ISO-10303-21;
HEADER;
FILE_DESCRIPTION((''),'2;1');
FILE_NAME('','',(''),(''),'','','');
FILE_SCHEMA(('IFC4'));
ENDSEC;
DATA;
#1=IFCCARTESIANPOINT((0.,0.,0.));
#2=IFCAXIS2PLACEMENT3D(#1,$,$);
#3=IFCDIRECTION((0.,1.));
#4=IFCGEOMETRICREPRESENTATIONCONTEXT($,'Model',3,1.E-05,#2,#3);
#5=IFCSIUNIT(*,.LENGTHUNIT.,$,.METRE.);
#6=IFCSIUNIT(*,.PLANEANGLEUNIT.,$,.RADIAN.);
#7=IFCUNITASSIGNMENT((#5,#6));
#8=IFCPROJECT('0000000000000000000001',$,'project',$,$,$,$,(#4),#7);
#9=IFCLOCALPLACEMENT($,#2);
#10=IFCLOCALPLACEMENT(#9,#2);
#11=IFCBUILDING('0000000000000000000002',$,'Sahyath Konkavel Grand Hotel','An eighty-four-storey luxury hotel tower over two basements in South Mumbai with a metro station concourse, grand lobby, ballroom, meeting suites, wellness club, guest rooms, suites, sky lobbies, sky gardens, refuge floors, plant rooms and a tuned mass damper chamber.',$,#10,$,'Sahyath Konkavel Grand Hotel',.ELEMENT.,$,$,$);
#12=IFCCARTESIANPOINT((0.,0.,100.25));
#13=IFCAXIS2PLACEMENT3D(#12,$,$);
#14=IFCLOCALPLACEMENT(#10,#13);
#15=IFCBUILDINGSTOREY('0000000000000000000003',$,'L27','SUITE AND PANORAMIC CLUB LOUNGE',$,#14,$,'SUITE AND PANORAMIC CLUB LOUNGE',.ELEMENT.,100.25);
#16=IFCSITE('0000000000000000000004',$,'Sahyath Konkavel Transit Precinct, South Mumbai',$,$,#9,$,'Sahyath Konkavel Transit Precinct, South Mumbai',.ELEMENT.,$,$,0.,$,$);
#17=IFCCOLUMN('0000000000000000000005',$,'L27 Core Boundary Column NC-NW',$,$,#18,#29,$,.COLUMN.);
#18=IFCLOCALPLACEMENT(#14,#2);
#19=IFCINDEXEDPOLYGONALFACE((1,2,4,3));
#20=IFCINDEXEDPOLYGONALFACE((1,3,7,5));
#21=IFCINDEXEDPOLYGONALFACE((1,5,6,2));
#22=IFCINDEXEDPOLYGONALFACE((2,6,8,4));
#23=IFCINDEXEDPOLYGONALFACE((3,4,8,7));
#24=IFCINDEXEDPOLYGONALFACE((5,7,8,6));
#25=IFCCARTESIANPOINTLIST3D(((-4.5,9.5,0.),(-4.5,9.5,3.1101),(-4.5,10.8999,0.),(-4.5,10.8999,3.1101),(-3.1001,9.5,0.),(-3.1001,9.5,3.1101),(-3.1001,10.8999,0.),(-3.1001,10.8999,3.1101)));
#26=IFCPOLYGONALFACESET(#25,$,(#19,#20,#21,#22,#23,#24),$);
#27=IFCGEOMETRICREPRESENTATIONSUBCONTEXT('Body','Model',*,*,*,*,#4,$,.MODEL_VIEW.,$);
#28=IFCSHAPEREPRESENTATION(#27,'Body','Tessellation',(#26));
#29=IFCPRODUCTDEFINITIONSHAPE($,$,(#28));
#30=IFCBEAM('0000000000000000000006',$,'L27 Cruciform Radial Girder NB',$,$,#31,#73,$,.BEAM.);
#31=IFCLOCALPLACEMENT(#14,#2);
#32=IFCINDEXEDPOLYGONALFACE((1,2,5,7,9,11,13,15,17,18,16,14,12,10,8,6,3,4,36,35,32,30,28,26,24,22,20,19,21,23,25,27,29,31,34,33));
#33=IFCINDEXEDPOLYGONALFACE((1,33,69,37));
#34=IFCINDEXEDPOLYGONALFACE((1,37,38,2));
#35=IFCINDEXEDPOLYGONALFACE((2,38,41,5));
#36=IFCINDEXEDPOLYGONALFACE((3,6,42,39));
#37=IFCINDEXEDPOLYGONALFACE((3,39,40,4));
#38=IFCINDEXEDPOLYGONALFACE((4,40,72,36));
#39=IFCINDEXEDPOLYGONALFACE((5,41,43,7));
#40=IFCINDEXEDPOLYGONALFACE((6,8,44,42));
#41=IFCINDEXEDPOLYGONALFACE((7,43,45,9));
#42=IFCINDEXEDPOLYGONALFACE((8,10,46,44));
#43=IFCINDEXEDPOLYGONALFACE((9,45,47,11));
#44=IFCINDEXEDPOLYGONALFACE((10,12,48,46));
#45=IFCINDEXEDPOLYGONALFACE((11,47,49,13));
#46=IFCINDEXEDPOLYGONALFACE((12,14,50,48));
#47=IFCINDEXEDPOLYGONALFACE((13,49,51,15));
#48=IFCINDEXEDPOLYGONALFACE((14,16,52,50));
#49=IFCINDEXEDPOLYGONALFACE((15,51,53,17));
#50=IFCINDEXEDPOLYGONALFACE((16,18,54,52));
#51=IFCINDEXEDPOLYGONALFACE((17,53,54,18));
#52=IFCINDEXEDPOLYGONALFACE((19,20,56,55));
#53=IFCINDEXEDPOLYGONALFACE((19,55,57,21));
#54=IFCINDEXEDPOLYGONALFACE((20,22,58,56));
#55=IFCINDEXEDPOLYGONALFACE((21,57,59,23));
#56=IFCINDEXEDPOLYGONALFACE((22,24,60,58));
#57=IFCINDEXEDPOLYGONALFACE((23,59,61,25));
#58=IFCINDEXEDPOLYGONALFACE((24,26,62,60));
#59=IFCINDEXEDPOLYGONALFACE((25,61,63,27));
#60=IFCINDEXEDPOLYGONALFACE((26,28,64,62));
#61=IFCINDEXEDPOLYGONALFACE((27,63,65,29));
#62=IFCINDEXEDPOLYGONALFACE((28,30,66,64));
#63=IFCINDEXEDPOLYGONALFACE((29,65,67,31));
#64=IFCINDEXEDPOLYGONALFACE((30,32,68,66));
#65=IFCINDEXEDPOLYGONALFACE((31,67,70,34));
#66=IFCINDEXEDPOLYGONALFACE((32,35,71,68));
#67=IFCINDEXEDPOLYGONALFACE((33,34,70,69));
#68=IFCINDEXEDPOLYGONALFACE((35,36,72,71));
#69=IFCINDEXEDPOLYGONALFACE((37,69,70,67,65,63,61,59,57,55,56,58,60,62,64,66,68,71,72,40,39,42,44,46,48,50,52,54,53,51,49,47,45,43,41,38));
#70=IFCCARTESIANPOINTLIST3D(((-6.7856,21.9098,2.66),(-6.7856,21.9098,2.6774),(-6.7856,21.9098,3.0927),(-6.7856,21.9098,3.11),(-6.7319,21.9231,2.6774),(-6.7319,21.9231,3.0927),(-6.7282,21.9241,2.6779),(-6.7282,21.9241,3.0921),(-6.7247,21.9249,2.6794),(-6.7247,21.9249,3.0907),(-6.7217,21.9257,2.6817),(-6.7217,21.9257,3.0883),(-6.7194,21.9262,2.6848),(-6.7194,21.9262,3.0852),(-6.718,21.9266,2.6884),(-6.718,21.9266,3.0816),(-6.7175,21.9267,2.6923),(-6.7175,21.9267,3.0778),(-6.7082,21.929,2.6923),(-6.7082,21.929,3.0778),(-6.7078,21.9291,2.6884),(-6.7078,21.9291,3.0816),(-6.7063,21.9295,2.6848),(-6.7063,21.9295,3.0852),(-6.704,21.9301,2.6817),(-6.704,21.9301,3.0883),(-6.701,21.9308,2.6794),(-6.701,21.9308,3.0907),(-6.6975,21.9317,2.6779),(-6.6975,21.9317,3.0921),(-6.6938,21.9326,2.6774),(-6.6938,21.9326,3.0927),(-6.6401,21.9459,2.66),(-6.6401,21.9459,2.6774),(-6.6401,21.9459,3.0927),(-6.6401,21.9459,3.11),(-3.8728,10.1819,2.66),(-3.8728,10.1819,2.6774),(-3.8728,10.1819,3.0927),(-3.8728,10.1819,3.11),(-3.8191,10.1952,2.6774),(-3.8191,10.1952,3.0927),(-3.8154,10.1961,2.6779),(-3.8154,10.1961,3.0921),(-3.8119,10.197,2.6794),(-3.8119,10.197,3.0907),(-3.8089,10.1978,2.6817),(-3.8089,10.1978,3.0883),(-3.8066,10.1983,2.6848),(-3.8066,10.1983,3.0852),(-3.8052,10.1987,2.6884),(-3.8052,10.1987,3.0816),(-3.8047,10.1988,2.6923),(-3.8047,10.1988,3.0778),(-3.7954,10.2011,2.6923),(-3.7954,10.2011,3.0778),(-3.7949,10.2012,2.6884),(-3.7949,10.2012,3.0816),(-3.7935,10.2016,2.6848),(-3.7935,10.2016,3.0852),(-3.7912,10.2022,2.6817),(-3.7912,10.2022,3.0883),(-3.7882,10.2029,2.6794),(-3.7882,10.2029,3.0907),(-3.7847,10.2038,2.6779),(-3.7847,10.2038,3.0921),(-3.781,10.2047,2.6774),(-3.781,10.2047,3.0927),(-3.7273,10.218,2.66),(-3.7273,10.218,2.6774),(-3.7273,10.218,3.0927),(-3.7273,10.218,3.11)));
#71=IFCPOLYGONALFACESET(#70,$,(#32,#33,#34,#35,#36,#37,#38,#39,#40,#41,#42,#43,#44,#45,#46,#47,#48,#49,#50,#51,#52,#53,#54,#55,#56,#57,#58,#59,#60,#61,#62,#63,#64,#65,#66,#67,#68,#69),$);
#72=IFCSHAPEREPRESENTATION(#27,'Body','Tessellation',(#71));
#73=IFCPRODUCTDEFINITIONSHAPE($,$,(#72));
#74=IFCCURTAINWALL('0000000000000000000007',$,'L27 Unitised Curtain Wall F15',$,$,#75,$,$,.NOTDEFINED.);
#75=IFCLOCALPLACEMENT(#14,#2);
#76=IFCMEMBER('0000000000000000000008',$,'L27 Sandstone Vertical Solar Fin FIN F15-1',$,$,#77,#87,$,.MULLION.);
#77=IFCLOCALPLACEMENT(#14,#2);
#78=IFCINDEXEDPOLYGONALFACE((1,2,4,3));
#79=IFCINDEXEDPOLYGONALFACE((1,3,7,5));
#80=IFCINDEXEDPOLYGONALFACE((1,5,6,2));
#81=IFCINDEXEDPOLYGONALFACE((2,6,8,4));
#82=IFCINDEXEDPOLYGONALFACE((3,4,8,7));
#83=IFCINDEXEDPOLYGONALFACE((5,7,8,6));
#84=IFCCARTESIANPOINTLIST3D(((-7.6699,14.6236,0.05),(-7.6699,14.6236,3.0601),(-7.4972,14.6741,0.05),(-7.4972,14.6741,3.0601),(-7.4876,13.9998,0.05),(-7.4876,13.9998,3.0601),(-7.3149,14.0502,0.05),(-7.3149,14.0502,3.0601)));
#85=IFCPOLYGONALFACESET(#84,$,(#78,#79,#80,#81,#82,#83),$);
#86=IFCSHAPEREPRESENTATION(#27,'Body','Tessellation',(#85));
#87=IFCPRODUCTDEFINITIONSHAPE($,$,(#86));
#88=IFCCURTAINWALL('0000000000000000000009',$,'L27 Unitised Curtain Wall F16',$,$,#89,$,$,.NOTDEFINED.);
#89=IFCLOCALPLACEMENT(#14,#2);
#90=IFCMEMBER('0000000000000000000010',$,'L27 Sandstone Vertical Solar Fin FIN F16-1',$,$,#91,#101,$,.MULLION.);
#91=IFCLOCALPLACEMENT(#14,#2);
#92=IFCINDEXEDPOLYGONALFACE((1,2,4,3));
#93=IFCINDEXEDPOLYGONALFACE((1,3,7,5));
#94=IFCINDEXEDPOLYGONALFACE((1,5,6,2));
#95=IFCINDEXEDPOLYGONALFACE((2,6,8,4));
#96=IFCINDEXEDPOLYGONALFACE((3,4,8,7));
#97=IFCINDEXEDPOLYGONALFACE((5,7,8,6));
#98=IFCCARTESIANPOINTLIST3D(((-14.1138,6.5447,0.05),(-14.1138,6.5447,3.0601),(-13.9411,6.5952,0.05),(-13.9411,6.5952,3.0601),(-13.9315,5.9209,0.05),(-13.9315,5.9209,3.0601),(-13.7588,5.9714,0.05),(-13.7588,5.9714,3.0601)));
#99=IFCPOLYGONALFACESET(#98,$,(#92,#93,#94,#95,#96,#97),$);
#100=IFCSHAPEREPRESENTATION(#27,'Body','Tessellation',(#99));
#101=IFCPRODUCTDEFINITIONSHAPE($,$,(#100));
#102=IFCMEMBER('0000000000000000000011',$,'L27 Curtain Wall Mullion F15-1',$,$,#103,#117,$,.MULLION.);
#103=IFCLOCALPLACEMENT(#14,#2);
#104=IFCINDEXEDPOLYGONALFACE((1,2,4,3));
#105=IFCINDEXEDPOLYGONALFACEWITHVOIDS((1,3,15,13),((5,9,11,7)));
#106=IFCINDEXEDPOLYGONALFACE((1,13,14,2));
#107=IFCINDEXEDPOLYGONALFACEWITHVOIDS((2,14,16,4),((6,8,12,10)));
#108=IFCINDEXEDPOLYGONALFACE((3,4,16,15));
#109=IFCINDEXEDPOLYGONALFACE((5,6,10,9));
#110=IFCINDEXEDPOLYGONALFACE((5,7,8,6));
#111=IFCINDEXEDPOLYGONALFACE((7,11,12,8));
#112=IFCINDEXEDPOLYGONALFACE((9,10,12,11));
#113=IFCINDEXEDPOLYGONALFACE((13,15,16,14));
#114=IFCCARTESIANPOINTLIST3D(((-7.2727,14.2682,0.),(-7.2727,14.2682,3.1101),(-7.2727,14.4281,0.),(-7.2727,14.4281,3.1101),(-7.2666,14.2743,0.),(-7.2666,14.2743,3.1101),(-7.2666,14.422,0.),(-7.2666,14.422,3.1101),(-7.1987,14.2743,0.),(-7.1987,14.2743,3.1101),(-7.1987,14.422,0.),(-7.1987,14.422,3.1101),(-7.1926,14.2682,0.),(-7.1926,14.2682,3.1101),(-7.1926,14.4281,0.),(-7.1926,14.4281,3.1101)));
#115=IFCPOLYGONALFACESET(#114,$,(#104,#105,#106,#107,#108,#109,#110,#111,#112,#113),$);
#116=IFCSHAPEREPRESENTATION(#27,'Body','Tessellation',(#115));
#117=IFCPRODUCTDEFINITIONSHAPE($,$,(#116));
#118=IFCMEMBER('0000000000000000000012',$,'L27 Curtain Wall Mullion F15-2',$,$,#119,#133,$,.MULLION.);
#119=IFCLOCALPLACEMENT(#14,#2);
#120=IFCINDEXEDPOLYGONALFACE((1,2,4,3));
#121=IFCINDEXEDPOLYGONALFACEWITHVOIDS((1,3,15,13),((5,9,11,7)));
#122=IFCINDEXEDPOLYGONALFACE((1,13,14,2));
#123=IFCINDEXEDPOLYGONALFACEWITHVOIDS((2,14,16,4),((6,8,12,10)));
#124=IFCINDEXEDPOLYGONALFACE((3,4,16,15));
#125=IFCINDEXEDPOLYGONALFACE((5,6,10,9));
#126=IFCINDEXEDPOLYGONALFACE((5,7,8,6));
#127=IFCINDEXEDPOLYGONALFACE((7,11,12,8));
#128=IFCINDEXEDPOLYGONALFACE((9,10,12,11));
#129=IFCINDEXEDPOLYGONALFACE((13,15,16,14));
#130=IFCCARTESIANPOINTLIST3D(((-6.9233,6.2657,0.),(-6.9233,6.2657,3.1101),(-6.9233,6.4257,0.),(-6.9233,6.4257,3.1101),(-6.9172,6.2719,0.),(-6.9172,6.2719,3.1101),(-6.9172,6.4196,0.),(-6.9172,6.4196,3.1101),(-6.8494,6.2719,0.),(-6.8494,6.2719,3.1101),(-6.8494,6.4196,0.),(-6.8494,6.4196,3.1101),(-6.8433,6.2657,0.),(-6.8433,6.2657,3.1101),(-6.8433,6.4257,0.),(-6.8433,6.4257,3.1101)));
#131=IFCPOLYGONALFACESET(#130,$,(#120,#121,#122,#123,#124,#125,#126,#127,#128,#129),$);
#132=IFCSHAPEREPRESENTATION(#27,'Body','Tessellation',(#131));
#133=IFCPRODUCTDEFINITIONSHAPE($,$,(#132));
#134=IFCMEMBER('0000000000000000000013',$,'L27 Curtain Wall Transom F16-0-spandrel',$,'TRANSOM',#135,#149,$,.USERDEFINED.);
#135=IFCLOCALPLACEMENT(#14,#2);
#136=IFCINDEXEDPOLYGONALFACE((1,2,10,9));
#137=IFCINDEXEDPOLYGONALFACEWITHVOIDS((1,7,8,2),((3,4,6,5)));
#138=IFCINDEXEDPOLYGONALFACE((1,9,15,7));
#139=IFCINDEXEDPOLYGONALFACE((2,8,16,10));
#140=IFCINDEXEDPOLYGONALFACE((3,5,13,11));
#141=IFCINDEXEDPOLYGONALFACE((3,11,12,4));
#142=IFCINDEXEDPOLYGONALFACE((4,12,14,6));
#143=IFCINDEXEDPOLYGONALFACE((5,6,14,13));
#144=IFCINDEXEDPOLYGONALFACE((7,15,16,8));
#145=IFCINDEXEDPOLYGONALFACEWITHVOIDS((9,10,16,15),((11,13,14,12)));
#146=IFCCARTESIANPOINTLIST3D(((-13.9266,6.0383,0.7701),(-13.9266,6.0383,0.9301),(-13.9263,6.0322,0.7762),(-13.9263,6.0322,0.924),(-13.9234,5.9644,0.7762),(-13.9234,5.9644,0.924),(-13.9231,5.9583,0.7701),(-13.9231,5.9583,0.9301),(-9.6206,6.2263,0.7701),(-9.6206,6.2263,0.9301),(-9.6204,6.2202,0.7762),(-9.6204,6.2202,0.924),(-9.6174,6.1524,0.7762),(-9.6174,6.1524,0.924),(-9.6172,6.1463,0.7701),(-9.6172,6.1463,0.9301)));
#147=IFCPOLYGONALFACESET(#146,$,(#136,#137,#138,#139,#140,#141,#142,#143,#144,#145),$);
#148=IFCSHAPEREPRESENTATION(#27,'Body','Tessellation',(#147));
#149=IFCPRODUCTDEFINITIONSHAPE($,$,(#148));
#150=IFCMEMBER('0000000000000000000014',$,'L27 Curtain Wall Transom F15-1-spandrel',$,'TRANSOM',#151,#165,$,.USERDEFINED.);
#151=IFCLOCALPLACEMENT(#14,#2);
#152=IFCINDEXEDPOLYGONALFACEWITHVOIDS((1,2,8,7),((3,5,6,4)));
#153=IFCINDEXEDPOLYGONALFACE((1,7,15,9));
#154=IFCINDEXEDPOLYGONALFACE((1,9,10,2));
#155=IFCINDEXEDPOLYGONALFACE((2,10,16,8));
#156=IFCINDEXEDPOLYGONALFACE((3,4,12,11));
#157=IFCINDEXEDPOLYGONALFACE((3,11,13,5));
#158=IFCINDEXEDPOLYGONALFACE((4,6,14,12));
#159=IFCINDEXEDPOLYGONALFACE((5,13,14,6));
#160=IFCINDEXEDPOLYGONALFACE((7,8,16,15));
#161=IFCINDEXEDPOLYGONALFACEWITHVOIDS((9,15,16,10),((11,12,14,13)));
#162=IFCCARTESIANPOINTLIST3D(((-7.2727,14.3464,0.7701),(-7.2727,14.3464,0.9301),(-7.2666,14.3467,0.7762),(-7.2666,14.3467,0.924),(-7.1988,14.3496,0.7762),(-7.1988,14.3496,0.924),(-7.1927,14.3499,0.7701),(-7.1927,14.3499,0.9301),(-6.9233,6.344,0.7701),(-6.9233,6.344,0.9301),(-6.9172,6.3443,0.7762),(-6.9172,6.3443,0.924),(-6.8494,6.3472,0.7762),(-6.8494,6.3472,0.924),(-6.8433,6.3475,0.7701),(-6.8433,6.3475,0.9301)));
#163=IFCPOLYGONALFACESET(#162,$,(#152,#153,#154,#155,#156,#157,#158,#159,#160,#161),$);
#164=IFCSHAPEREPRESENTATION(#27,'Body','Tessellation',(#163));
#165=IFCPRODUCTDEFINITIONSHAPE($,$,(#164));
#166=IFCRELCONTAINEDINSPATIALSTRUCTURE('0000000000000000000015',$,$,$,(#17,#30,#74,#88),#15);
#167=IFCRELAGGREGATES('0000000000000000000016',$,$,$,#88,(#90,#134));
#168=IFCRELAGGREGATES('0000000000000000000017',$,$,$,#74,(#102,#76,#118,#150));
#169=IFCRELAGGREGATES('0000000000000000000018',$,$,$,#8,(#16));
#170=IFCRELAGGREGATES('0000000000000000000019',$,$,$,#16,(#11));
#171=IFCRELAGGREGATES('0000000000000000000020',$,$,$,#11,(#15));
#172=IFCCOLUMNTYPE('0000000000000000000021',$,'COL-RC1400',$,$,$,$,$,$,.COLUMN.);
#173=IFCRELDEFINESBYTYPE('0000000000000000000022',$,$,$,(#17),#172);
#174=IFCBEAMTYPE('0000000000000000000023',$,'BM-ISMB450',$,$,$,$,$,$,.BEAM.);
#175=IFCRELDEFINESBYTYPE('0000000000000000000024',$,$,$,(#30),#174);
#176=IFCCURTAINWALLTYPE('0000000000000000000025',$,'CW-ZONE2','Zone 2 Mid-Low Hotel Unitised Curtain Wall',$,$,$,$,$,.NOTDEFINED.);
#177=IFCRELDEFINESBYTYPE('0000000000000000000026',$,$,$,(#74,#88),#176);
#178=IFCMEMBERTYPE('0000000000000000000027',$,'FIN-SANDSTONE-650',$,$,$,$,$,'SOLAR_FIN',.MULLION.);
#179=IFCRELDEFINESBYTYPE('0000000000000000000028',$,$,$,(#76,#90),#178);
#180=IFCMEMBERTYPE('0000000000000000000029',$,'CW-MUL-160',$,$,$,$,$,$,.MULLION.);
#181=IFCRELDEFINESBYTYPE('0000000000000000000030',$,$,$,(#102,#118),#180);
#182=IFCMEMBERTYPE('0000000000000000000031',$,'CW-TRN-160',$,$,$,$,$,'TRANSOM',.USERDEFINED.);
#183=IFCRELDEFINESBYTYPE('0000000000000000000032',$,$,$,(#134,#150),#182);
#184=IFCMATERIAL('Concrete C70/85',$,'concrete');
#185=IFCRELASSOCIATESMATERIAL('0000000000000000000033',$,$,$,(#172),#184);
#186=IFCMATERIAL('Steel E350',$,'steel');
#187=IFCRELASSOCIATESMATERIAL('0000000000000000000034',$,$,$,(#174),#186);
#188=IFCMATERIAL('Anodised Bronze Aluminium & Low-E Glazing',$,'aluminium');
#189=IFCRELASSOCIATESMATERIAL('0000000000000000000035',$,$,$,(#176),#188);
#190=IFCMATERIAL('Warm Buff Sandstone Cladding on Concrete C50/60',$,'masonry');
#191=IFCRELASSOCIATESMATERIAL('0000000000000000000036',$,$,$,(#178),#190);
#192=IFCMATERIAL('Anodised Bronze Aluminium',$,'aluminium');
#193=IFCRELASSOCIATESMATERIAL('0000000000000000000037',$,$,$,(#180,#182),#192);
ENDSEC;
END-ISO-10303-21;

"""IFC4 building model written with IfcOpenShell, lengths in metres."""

from ifc_helpers import new_model, si_unit, direction, frame, origin, origin_2d, place, context, subcontext, project, spatial, rectangle, hollow_rectangle, i_section, extrude, source, transform, mapped, material, material_profile, profile_set, type_object, element, aggregate, save


model = new_model("IFC4")

# Units and contexts
model_context = context("Model", 3, precision=1e-05, world=origin(), true_north=direction((0.0, 1.0)))
body_context = subcontext(model_context, "Body", "Model", "MODEL_VIEW")
ifc_project = project(units=[si_unit("LENGTHUNIT", "METRE"), si_unit("PLANEANGLEUNIT", "RADIAN")], contexts=[model_context])

# Site, building, storey
site_placement = place(None, origin())
site = spatial("IfcSite", under=ifc_project, at=site_placement, Name="Sahyath Konkavel Transit Precinct, South Mumbai", LongName="Sahyath Konkavel Transit Precinct, South Mumbai", CompositionType="ELEMENT", RefElevation=0.0)
building_placement = place(site_placement, origin())
building = spatial("IfcBuilding", under=site, at=building_placement, Name="Sahyath Konkavel Grand Hotel", Description="An eighty-four-storey luxury hotel tower over two basements in South Mumbai with a metro station concourse, grand lobby, ballroom, meeting suites, wellness club, guest rooms, suites, sky lobbies, sky gardens, refuge floors, plant rooms and a tuned mass damper chamber.", LongName="Sahyath Konkavel Grand Hotel", CompositionType="ELEMENT")
storey_placement = place(building_placement, frame((0.0, 0.0, 100.25)))
storey = spatial("IfcBuildingStorey", under=building, at=storey_placement, Name="L27", Description="SUITE AND PANORAMIC CLUB LOUNGE", LongName="SUITE AND PANORAMIC CLUB LOUNGE", CompositionType="ELEMENT", Elevation=100.25)

# Column
ifc_material_1 = material(Name="Concrete C70/85", Category="concrete")
ifc_material_profile_1 = material_profile(ifc_material_1, rectangle(XDim=1.3999, YDim=1.3999, at=origin_2d()), Name="RC 1400x1400")
ifc_profile_set_1 = profile_set([ifc_material_profile_1], Name="Concrete C70/85")
column_type = type_object("IfcColumnType", Name="COL-RC1400", PredefinedType="COLUMN", material=ifc_profile_set_1)
shared_shape_1 = source(origin(), body_context, "Body", "SweptSolid", [
    extrude(rectangle(XDim=1.3999, YDim=1.3999, at=origin_2d()), origin(), (0.0, 0.0, 1.0), 3.1101),
])
column_placement = place(storey_placement, frame((-3.8, 10.2, 0.0), z_axis=(0.0, 0.0, 1.0), x_axis=(1.0, 0.0, 0.0)))
element("IfcColumn", 1, at=column_placement, inside=storey, type_object=column_type, Name="L27 Core Boundary Column NC-NW", PredefinedType="COLUMN", context=body_context, shape_type="MappedRepresentation", body=[
    mapped(shared_shape_1, transform((0.0, 0.0, 0.0), scale=1.0)),
])

# Beam
ifc_material_2 = material(Name="Steel E350", Category="steel")
ifc_material_profile_2 = material_profile(ifc_material_2, i_section(OverallWidth=0.1499, OverallDepth=0.45, WebThickness=0.0095, FlangeThickness=0.0173, FilletRadius=0.0149, at=origin_2d()), Name="ISMB 450")
ifc_profile_set_2 = profile_set([ifc_material_profile_2], Name="Steel E350")
beam_type_1 = type_object("IfcBeamType", Name="BM-ISMB450", PredefinedType="BEAM", material=ifc_profile_set_2)
shared_shape_2 = source(origin(), body_context, "Body", "SweptSolid", [
    extrude(i_section(OverallWidth=0.1499, OverallDepth=0.45, WebThickness=0.0095, FlangeThickness=0.0173, FilletRadius=0.0149, at=origin_2d()), origin(), (0.0, 0.0, 1.0), 12.0842),
])
beam_1_placement = place(storey_placement, frame((-3.8, 10.2, 2.885), z_axis=(-0.241043, 0.970515, 0.0), x_axis=(-0.970515, -0.241043, 0.0)))
element("IfcBeam", 2, at=beam_1_placement, inside=storey, type_object=beam_type_1, Name="L27 Cruciform Radial Girder NB", PredefinedType="BEAM", context=body_context, shape_type="MappedRepresentation", body=[
    mapped(shared_shape_2, transform((0.0, 0.0, 0.0), scale=1.0)),
])

# Curtain walls, members
ifc_material_3 = material(Name="Anodised Bronze Aluminium & Low-E Glazing", Category="aluminium")
curtain_wall_type = type_object("IfcCurtainWallType", Name="CW-ZONE2", Description="Zone 2 Mid-Low Hotel Unitised Curtain Wall", PredefinedType="NOTDEFINED", material=ifc_material_3)
curtain_wall_1_placement = place(storey_placement, origin())
curtain_wall_1 = element("IfcCurtainWall", 3, at=curtain_wall_1_placement, inside=storey, type_object=curtain_wall_type, Name="L27 Unitised Curtain Wall F15", PredefinedType="NOTDEFINED")
ifc_material_4 = material(Name="Warm Buff Sandstone Cladding on Concrete C50/60", Category="masonry")
ifc_material_profile_3 = material_profile(ifc_material_4, rectangle(XDim=0.1799, YDim=0.6499, at=origin_2d()), Name="FIN 180x650")
ifc_profile_set_3 = profile_set([ifc_material_profile_3], Name="Warm Buff Sandstone Cladding on Concrete C50/60")
member_type_1 = type_object("IfcMemberType", Name="FIN-SANDSTONE-650", ElementType="SOLAR_FIN", PredefinedType="MULLION", material=ifc_profile_set_3)
shared_shape_3 = source(origin(), body_context, "Body", "SweptSolid", [
    extrude(rectangle(XDim=0.1799, YDim=0.6499, at=origin_2d()), origin(), (0.0, 0.0, 1.0), 3.01),
])
member_1_placement = place(storey_placement, frame((-7.4924, 14.3369, 0.05), z_axis=(0.0, 0.0, 1.0), x_axis=(0.959854, 0.280499, 0.0)))
member_1 = element("IfcMember", 4, at=member_1_placement, type_object=member_type_1, Name="L27 Sandstone Vertical Solar Fin FIN F15-1", PredefinedType="MULLION", context=body_context, shape_type="MappedRepresentation", body=[
    mapped(shared_shape_3, transform((0.0, 0.0, 0.0), scale=1.0)),
])
curtain_wall_2_placement = place(storey_placement, origin())
curtain_wall_2 = element("IfcCurtainWall", 5, at=curtain_wall_2_placement, inside=storey, type_object=curtain_wall_type, Name="L27 Unitised Curtain Wall F16", PredefinedType="NOTDEFINED")
member_2_placement = place(storey_placement, frame((-13.9363, 6.2581, 0.05), z_axis=(0.0, 0.0, 1.0), x_axis=(0.959854, 0.280499, 0.0)))
member_2 = element("IfcMember", 6, at=member_2_placement, type_object=member_type_1, Name="L27 Sandstone Vertical Solar Fin FIN F16-1", PredefinedType="MULLION", context=body_context, shape_type="MappedRepresentation", body=[
    mapped(shared_shape_3, transform((0.0, 0.0, 0.0), scale=1.0)),
])

# Members
ifc_material_5 = material(Name="Anodised Bronze Aluminium", Category="aluminium")
ifc_material_profile_4 = material_profile(ifc_material_5, hollow_rectangle(XDim=0.0801, YDim=0.1599, WallThickness=0.0061, at=origin_2d()), Name="RHS 160x80x6")
ifc_profile_set_4 = profile_set([ifc_material_profile_4], Name="Anodised Bronze Aluminium")
member_type_2 = type_object("IfcMemberType", Name="CW-MUL-160", PredefinedType="MULLION", material=ifc_profile_set_4)
shared_shape_4 = source(origin(), body_context, "Body", "SweptSolid", [
    extrude(hollow_rectangle(XDim=0.0801, YDim=0.1599, WallThickness=0.0061, at=origin_2d()), origin(), (0.0, 0.0, 1.0), 3.1101),
])
member_3_placement = place(storey_placement, frame((-7.2327, 14.3481, 0.0), z_axis=(0.0, 0.0, 1.0), x_axis=(1.0, 0.0, 0.0)))
member_3 = element("IfcMember", 7, at=member_3_placement, type_object=member_type_2, Name="L27 Curtain Wall Mullion F15-1", PredefinedType="MULLION", context=body_context, shape_type="MappedRepresentation", body=[
    mapped(shared_shape_4, transform((0.0, 0.0, 0.0), scale=1.0)),
])
member_4_placement = place(storey_placement, frame((-6.8833, 6.3457, 0.0), z_axis=(0.0, 0.0, 1.0), x_axis=(1.0, 0.0, 0.0)))
member_4 = element("IfcMember", 8, at=member_4_placement, type_object=member_type_2, Name="L27 Curtain Wall Mullion F15-2", PredefinedType="MULLION", context=body_context, shape_type="MappedRepresentation", body=[
    mapped(shared_shape_4, transform((0.0, 0.0, 0.0), scale=1.0)),
])
ifc_material_profile_5 = material_profile(ifc_material_5, hollow_rectangle(XDim=0.0801, YDim=0.1599, WallThickness=0.0061, at=origin_2d()), Name="RHS 160x80x6")
ifc_profile_set_5 = profile_set([ifc_material_profile_5], Name="Anodised Bronze Aluminium")
member_type_3 = type_object("IfcMemberType", Name="CW-TRN-160", ElementType="TRANSOM", PredefinedType="USERDEFINED", material=ifc_profile_set_5)
shared_shape_5 = source(origin(), body_context, "Body", "SweptSolid", [
    extrude(hollow_rectangle(XDim=0.0801, YDim=0.1599, WallThickness=0.0061, at=origin_2d()), origin(), (0.0, 0.0, 1.0), 4.3101),
])
member_5_placement = place(storey_placement, frame((-9.6189, 6.1863, 0.8501), z_axis=(-0.999048, -0.043617, 0.0), x_axis=(0.043617, -0.999048, 0.0)))
member_5 = element("IfcMember", 9, at=member_5_placement, type_object=member_type_3, Name="L27 Curtain Wall Transom F16-0-spandrel", ObjectType="TRANSOM", PredefinedType="USERDEFINED", context=body_context, shape_type="MappedRepresentation", body=[
    mapped(shared_shape_5, transform((0.0, 0.0, 0.0), scale=1.0)),
])
aggregate(curtain_wall_2, [member_2, member_5])
shared_shape_6 = source(origin(), body_context, "Body", "SweptSolid", [
    extrude(hollow_rectangle(XDim=0.0801, YDim=0.1599, WallThickness=0.0061, at=origin_2d()), origin(), (0.0, 0.0, 1.0), 8.01),
])
member_6_placement = place(storey_placement, frame((-7.2327, 14.3481, 0.8501), z_axis=(0.043616, -0.999048, 0.0), x_axis=(0.999048, 0.043616, 0.0)))
member_6 = element("IfcMember", 10, at=member_6_placement, type_object=member_type_3, Name="L27 Curtain Wall Transom F15-1-spandrel", ObjectType="TRANSOM", PredefinedType="USERDEFINED", context=body_context, shape_type="MappedRepresentation", body=[
    mapped(shared_shape_6, transform((0.0, 0.0, 0.0), scale=1.0)),
])

aggregate(curtain_wall_1, [member_3, member_1, member_4, member_6])

save(model, "model.ifc")
